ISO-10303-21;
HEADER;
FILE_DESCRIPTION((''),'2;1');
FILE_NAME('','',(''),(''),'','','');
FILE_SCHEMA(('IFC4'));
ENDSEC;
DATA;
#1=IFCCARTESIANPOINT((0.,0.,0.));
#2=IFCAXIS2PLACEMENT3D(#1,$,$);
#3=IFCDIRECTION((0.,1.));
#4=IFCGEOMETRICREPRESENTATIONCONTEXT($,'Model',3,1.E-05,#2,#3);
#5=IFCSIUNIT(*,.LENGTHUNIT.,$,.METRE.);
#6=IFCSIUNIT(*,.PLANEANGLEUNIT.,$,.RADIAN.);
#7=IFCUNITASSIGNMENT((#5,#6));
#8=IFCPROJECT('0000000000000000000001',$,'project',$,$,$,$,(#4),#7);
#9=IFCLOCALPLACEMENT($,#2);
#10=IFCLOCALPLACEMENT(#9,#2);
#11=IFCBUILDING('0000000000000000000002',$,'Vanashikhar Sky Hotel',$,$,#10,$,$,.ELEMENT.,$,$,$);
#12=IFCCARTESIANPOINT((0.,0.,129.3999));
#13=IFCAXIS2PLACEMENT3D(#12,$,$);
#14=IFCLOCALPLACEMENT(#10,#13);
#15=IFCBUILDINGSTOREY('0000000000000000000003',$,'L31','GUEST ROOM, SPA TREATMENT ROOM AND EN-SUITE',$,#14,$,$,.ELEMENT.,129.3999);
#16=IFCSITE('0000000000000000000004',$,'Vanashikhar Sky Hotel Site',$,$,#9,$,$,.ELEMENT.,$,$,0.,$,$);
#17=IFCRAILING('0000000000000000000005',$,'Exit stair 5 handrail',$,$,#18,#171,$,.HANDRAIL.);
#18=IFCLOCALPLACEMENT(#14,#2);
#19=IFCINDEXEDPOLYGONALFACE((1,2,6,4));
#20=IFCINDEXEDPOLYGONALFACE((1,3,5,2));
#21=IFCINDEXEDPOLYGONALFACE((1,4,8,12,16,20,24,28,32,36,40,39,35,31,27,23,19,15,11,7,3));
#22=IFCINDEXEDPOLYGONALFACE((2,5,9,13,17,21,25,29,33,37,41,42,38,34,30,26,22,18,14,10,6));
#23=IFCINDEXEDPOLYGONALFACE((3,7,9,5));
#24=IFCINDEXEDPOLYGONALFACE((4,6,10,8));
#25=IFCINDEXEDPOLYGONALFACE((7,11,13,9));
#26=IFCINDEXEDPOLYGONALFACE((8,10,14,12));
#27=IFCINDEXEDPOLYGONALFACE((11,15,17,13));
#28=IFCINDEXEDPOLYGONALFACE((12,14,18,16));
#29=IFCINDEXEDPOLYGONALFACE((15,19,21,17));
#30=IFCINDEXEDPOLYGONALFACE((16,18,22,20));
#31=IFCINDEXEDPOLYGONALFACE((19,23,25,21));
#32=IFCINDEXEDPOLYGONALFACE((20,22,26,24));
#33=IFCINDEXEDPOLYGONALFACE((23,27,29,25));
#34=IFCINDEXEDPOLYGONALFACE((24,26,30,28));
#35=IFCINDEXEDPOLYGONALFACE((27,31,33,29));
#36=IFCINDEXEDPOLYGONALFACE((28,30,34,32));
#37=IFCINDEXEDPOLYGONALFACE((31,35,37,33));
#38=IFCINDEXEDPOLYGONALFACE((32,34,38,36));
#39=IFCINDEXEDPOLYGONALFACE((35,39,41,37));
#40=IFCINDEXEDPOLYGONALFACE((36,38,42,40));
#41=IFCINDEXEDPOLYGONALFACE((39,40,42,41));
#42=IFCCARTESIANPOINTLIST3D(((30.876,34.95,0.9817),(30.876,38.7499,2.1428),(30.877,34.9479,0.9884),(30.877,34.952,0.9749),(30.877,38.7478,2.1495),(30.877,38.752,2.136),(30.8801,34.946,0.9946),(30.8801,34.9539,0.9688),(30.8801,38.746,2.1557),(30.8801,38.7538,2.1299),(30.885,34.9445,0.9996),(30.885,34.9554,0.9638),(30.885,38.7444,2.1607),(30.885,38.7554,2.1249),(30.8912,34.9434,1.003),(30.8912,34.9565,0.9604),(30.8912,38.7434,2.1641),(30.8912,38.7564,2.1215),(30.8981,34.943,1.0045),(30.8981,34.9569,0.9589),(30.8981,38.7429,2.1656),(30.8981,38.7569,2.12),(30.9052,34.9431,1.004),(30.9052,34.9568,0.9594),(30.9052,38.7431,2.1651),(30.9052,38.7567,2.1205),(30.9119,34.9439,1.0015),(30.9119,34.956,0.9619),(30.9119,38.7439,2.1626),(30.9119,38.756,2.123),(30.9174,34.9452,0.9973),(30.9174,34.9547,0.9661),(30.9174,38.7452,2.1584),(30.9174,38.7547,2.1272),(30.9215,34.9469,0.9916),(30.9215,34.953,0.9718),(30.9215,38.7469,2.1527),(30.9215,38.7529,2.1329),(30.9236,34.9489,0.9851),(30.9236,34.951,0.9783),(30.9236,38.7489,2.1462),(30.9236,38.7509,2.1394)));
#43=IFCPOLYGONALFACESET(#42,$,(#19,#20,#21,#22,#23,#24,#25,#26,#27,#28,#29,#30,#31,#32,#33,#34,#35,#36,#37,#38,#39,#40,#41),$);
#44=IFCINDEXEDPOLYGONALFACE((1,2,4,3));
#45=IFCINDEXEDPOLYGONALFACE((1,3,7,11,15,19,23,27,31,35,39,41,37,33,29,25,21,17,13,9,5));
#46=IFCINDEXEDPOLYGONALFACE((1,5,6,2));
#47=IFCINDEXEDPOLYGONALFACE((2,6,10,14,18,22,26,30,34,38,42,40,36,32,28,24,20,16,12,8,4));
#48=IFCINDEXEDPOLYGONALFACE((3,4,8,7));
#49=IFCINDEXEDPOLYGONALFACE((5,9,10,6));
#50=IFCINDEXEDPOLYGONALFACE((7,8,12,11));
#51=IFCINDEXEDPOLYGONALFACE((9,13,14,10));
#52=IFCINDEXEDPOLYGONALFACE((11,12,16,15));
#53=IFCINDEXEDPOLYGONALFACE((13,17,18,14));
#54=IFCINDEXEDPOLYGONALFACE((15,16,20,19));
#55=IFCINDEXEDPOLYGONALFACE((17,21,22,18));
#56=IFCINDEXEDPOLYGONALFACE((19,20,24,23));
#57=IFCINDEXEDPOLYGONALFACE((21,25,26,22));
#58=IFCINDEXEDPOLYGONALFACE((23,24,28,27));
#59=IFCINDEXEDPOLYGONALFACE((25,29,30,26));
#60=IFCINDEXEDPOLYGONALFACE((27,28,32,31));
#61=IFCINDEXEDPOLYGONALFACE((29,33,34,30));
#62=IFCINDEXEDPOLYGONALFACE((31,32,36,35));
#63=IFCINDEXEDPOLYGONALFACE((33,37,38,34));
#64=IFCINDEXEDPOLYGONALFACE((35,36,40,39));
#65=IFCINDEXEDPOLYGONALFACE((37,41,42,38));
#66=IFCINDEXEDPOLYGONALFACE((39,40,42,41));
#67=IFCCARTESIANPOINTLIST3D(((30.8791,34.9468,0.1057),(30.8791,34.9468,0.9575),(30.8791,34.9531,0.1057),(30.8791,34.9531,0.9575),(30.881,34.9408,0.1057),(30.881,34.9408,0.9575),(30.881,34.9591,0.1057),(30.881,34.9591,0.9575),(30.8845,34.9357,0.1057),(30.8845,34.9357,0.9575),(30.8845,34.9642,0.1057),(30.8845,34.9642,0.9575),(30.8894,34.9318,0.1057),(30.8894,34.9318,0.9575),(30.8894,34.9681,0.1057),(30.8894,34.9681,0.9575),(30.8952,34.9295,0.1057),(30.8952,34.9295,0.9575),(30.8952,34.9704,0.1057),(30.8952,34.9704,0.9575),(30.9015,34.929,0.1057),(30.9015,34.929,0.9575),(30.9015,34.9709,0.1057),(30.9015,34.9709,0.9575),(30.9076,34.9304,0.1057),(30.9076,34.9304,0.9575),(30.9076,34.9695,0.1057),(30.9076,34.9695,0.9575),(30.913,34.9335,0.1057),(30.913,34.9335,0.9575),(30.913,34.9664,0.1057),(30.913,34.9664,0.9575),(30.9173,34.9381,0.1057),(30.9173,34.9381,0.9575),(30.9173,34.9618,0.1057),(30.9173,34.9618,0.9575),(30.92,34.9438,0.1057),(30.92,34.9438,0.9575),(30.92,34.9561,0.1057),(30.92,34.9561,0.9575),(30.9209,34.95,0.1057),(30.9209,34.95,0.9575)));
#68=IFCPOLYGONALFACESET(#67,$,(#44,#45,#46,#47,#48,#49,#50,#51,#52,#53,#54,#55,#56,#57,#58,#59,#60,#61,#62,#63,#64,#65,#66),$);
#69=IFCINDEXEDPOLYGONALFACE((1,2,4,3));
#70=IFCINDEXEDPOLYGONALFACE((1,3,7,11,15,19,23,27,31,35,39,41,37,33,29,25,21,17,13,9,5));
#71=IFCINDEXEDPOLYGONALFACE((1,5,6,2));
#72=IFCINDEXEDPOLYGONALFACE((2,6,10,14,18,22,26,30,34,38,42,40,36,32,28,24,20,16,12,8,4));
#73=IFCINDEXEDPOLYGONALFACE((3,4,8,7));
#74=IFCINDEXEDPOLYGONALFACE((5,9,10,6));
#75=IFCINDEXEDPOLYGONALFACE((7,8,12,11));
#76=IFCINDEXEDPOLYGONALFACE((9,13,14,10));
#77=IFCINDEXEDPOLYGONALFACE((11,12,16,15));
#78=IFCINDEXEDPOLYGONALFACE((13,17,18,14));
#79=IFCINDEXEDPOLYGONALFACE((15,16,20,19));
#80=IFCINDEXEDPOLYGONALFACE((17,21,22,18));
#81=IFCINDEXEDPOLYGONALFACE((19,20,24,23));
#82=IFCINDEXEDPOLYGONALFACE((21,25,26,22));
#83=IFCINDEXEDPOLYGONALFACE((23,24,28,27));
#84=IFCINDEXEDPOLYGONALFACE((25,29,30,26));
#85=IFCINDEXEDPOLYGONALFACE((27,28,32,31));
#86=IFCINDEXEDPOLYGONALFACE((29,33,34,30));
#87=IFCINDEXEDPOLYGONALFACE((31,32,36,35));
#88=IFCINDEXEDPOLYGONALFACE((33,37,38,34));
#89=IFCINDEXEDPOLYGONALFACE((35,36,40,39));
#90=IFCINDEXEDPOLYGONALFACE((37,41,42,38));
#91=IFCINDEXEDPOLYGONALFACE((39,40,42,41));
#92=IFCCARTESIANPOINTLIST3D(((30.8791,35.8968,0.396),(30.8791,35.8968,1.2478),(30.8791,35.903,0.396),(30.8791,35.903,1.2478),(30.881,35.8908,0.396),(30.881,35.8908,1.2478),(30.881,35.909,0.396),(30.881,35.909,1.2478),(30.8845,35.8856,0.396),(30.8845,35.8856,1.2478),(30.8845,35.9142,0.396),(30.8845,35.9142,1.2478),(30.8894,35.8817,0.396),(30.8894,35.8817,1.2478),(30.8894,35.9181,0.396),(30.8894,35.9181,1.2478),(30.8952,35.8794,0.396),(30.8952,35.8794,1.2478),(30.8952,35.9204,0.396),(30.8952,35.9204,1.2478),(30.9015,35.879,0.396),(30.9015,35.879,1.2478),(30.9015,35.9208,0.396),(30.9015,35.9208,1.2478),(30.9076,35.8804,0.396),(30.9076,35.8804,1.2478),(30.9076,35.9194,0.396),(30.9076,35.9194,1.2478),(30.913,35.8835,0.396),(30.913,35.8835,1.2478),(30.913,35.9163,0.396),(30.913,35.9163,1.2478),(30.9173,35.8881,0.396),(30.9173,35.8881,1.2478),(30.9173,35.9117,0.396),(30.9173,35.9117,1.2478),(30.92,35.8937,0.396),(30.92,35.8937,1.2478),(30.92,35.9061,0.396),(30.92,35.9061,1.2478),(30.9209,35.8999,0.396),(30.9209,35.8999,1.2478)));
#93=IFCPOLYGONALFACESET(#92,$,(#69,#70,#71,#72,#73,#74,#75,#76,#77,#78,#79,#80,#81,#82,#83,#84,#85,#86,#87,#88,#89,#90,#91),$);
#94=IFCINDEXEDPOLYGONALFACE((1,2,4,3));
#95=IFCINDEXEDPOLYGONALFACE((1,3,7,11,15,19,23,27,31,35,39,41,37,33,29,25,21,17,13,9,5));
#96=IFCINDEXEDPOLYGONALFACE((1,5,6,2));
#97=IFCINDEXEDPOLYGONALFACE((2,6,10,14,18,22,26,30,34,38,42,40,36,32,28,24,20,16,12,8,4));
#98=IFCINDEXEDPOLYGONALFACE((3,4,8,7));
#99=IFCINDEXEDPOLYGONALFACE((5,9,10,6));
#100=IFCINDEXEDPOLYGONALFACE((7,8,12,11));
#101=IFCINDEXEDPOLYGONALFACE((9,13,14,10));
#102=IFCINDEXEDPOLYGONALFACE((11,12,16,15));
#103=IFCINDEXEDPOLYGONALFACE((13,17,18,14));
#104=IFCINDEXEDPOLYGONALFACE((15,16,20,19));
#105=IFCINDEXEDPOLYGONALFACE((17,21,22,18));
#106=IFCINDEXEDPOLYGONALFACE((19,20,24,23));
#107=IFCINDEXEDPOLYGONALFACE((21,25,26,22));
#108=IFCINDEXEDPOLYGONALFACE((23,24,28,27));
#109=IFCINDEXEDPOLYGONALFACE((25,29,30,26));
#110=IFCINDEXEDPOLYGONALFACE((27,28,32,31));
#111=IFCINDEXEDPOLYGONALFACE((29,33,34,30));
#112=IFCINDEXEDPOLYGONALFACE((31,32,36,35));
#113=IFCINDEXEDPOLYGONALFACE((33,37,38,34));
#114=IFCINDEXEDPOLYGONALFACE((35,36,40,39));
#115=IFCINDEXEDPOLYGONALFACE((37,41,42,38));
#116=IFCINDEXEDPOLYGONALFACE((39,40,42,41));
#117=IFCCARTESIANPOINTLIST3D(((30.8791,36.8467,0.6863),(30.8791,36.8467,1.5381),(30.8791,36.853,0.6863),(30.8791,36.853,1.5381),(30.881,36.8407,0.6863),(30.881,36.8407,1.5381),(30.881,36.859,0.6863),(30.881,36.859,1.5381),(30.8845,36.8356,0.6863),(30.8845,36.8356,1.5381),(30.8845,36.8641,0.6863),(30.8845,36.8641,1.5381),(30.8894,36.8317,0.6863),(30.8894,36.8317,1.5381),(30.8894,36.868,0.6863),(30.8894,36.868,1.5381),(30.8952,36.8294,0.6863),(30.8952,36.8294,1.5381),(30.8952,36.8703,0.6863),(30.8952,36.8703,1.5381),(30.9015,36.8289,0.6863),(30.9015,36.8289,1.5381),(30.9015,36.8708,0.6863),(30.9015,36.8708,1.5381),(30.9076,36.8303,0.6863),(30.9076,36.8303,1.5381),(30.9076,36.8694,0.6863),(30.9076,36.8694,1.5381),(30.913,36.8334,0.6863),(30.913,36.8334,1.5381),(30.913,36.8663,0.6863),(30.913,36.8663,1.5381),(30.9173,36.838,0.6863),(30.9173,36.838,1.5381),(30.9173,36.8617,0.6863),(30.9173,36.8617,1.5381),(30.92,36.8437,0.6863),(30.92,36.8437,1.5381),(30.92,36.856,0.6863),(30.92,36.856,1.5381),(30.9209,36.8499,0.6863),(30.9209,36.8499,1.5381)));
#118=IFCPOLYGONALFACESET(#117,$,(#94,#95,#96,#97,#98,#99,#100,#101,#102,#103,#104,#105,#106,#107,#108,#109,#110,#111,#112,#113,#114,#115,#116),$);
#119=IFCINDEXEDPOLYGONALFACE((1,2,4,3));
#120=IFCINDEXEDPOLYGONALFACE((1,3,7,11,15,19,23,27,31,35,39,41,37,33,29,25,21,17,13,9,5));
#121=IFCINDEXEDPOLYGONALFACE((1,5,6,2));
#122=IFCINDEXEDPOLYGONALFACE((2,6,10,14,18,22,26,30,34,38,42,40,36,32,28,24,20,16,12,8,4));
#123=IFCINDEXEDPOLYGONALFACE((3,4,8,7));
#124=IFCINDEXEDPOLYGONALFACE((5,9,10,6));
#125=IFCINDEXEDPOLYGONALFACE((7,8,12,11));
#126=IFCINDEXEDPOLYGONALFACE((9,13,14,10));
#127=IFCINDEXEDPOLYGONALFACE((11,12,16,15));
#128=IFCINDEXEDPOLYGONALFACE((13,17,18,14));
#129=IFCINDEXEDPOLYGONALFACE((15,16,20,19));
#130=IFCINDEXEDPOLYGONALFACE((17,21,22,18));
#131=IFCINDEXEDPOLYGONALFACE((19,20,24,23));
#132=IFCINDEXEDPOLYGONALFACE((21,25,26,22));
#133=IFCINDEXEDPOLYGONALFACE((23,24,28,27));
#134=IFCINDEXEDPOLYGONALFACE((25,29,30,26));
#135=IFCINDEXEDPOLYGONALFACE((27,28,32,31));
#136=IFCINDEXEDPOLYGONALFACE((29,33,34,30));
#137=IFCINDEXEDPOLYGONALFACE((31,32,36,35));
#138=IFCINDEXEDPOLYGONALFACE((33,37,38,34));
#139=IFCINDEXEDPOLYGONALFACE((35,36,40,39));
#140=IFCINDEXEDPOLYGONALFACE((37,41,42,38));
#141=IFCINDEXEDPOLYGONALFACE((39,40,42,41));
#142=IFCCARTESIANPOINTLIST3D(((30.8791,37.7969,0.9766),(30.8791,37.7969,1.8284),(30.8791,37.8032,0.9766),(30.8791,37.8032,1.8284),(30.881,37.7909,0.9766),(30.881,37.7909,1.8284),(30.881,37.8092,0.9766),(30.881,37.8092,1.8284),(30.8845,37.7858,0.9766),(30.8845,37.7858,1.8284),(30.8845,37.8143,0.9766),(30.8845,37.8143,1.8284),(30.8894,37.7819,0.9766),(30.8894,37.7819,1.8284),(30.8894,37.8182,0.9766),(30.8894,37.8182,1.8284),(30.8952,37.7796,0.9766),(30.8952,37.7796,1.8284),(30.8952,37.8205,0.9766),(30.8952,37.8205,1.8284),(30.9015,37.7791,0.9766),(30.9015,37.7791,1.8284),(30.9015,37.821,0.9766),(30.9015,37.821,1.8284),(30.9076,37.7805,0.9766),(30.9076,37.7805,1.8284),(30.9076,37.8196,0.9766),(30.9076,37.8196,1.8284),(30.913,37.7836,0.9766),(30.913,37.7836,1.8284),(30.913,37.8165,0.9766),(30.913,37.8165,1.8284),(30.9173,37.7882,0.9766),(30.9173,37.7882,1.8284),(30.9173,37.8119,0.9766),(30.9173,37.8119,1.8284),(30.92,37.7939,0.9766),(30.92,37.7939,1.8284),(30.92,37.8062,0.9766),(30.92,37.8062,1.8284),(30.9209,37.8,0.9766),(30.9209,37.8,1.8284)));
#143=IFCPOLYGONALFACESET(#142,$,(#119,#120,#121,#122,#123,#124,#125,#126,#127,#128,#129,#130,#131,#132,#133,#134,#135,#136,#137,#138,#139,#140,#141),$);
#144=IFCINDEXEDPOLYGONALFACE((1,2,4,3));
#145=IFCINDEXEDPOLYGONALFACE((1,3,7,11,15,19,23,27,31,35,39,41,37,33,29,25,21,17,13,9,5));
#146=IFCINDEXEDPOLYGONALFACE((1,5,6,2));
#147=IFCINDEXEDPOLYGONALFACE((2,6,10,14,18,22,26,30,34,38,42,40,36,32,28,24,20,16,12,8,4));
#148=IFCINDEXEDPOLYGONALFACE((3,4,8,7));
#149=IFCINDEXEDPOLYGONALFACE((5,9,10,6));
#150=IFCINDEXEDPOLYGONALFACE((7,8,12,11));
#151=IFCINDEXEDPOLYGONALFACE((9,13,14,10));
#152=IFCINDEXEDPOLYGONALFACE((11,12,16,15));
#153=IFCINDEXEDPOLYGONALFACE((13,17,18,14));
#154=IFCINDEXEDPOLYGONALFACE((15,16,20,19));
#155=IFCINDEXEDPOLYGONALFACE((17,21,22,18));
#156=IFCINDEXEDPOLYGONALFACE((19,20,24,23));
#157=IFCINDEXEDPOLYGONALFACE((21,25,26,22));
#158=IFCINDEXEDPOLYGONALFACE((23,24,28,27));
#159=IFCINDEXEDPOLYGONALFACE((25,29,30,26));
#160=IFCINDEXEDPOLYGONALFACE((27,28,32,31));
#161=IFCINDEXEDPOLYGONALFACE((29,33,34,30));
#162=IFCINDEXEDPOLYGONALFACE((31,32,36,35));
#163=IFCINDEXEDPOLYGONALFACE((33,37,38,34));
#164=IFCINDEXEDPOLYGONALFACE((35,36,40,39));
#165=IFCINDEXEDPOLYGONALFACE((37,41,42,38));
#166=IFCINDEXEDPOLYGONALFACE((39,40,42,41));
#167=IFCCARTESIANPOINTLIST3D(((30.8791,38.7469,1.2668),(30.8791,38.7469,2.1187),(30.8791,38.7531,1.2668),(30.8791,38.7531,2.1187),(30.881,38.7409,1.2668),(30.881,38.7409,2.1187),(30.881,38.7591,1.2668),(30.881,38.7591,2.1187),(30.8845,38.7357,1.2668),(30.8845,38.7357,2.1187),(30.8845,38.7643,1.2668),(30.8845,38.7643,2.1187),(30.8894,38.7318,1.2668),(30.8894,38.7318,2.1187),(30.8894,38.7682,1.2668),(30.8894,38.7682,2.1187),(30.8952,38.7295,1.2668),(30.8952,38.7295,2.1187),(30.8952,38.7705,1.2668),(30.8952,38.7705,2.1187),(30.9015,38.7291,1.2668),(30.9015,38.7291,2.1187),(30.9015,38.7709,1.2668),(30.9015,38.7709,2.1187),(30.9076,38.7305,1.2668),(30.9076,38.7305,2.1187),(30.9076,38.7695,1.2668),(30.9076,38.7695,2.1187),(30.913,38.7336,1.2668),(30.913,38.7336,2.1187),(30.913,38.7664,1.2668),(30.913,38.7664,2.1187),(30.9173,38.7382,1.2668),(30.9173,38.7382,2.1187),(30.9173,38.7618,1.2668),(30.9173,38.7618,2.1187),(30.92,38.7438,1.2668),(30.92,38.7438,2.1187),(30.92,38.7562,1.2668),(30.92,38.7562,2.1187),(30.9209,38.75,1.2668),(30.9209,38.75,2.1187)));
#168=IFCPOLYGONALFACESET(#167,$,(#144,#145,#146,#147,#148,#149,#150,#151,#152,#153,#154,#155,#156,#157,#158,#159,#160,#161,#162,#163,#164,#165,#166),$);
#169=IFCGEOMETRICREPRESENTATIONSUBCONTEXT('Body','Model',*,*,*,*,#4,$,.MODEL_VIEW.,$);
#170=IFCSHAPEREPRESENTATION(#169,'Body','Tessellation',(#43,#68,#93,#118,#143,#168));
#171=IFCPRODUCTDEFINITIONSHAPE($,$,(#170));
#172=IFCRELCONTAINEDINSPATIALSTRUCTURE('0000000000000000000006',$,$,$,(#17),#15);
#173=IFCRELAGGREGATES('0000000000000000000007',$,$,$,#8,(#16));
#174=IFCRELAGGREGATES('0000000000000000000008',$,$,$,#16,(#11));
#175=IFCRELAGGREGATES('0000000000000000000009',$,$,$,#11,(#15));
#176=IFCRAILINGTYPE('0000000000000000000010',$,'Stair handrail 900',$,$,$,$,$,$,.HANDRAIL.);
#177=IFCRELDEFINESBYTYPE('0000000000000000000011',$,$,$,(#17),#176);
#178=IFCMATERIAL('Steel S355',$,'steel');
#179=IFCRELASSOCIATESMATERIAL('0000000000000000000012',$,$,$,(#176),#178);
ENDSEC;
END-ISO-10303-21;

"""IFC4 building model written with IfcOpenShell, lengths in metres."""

from ifc_helpers import new_model, si_unit, direction, frame, origin, origin_2d, place, context, subcontext, project, spatial, circle, extrude, source, transform, mapped, material, type_object, element, save


model = new_model("IFC4")

# Units and contexts
model_context = context("Model", 3, precision=1e-05, world=origin(), true_north=direction((0.0, 1.0)))
body_context = subcontext(model_context, "Body", "Model", "MODEL_VIEW")
ifc_project = project(units=[si_unit("LENGTHUNIT", "METRE"), si_unit("PLANEANGLEUNIT", "RADIAN")], contexts=[model_context])

# Site, building, storey
site_placement = place(None, origin())
site = spatial("IfcSite", under=ifc_project, at=site_placement, Name="Vanashikhar Sky Hotel Site", CompositionType="ELEMENT", RefElevation=0.0)
building_placement = place(site_placement, origin())
building = spatial("IfcBuilding", under=site, at=building_placement, Name="Vanashikhar Sky Hotel", CompositionType="ELEMENT")
storey_placement = place(building_placement, frame((0.0, 0.0, 129.3999)))
storey = spatial("IfcBuildingStorey", under=building, at=storey_placement, Name="L31", Description="GUEST ROOM, SPA TREATMENT ROOM AND EN-SUITE", CompositionType="ELEMENT", Elevation=129.3999)

# Railing
ifc_material_1 = material(Name="Steel S355", Category="steel")
railing_type_1 = type_object("IfcRailingType", Name="Stair handrail 900", PredefinedType="HANDRAIL", material=ifc_material_1)
shared_shape_1 = source(origin(), body_context, "Body", "SweptSolid", [
    extrude(circle(Radius=0.0239, at=origin_2d()), frame((0.0, 0.0, 0.876), z_axis=(0.0, 0.956351, 0.29222), x_axis=(-1.0, 0.0, 0.0)), (0.0, 0.0, 1.0), 3.9734),
    extrude(circle(Radius=0.021, at=origin_2d()), origin(), (0.0, 0.0, 1.0), 0.8518),
    extrude(circle(Radius=0.021, at=origin_2d()), frame((0.0, 0.95, 0.2903)), (0.0, 0.0, 1.0), 0.8518),
    extrude(circle(Radius=0.021, at=origin_2d()), frame((0.0, 1.8999, 0.5806)), (0.0, 0.0, 1.0), 0.8518),
    extrude(circle(Radius=0.021, at=origin_2d()), frame((0.0, 2.8501, 0.8708)), (0.0, 0.0, 1.0), 0.8518),
    extrude(circle(Radius=0.021, at=origin_2d()), frame((0.0, 3.8, 1.1611)), (0.0, 0.0, 1.0), 0.8518),
])
for number, where, name in (
    (1, (30.8999, 34.95, 0.1057), "Exit stair 5 handrail"),
):
    element("IfcRailing", number, at=place(storey_placement, frame(where)), inside=storey, type_object=railing_type_1, Name=name, PredefinedType="HANDRAIL", context=body_context, shape_type="MappedRepresentation", body=[
        mapped(shared_shape_1, transform((0.0, 0.0, 0.0), scale=1.0)),
    ])

save(model, "model.ifc")
